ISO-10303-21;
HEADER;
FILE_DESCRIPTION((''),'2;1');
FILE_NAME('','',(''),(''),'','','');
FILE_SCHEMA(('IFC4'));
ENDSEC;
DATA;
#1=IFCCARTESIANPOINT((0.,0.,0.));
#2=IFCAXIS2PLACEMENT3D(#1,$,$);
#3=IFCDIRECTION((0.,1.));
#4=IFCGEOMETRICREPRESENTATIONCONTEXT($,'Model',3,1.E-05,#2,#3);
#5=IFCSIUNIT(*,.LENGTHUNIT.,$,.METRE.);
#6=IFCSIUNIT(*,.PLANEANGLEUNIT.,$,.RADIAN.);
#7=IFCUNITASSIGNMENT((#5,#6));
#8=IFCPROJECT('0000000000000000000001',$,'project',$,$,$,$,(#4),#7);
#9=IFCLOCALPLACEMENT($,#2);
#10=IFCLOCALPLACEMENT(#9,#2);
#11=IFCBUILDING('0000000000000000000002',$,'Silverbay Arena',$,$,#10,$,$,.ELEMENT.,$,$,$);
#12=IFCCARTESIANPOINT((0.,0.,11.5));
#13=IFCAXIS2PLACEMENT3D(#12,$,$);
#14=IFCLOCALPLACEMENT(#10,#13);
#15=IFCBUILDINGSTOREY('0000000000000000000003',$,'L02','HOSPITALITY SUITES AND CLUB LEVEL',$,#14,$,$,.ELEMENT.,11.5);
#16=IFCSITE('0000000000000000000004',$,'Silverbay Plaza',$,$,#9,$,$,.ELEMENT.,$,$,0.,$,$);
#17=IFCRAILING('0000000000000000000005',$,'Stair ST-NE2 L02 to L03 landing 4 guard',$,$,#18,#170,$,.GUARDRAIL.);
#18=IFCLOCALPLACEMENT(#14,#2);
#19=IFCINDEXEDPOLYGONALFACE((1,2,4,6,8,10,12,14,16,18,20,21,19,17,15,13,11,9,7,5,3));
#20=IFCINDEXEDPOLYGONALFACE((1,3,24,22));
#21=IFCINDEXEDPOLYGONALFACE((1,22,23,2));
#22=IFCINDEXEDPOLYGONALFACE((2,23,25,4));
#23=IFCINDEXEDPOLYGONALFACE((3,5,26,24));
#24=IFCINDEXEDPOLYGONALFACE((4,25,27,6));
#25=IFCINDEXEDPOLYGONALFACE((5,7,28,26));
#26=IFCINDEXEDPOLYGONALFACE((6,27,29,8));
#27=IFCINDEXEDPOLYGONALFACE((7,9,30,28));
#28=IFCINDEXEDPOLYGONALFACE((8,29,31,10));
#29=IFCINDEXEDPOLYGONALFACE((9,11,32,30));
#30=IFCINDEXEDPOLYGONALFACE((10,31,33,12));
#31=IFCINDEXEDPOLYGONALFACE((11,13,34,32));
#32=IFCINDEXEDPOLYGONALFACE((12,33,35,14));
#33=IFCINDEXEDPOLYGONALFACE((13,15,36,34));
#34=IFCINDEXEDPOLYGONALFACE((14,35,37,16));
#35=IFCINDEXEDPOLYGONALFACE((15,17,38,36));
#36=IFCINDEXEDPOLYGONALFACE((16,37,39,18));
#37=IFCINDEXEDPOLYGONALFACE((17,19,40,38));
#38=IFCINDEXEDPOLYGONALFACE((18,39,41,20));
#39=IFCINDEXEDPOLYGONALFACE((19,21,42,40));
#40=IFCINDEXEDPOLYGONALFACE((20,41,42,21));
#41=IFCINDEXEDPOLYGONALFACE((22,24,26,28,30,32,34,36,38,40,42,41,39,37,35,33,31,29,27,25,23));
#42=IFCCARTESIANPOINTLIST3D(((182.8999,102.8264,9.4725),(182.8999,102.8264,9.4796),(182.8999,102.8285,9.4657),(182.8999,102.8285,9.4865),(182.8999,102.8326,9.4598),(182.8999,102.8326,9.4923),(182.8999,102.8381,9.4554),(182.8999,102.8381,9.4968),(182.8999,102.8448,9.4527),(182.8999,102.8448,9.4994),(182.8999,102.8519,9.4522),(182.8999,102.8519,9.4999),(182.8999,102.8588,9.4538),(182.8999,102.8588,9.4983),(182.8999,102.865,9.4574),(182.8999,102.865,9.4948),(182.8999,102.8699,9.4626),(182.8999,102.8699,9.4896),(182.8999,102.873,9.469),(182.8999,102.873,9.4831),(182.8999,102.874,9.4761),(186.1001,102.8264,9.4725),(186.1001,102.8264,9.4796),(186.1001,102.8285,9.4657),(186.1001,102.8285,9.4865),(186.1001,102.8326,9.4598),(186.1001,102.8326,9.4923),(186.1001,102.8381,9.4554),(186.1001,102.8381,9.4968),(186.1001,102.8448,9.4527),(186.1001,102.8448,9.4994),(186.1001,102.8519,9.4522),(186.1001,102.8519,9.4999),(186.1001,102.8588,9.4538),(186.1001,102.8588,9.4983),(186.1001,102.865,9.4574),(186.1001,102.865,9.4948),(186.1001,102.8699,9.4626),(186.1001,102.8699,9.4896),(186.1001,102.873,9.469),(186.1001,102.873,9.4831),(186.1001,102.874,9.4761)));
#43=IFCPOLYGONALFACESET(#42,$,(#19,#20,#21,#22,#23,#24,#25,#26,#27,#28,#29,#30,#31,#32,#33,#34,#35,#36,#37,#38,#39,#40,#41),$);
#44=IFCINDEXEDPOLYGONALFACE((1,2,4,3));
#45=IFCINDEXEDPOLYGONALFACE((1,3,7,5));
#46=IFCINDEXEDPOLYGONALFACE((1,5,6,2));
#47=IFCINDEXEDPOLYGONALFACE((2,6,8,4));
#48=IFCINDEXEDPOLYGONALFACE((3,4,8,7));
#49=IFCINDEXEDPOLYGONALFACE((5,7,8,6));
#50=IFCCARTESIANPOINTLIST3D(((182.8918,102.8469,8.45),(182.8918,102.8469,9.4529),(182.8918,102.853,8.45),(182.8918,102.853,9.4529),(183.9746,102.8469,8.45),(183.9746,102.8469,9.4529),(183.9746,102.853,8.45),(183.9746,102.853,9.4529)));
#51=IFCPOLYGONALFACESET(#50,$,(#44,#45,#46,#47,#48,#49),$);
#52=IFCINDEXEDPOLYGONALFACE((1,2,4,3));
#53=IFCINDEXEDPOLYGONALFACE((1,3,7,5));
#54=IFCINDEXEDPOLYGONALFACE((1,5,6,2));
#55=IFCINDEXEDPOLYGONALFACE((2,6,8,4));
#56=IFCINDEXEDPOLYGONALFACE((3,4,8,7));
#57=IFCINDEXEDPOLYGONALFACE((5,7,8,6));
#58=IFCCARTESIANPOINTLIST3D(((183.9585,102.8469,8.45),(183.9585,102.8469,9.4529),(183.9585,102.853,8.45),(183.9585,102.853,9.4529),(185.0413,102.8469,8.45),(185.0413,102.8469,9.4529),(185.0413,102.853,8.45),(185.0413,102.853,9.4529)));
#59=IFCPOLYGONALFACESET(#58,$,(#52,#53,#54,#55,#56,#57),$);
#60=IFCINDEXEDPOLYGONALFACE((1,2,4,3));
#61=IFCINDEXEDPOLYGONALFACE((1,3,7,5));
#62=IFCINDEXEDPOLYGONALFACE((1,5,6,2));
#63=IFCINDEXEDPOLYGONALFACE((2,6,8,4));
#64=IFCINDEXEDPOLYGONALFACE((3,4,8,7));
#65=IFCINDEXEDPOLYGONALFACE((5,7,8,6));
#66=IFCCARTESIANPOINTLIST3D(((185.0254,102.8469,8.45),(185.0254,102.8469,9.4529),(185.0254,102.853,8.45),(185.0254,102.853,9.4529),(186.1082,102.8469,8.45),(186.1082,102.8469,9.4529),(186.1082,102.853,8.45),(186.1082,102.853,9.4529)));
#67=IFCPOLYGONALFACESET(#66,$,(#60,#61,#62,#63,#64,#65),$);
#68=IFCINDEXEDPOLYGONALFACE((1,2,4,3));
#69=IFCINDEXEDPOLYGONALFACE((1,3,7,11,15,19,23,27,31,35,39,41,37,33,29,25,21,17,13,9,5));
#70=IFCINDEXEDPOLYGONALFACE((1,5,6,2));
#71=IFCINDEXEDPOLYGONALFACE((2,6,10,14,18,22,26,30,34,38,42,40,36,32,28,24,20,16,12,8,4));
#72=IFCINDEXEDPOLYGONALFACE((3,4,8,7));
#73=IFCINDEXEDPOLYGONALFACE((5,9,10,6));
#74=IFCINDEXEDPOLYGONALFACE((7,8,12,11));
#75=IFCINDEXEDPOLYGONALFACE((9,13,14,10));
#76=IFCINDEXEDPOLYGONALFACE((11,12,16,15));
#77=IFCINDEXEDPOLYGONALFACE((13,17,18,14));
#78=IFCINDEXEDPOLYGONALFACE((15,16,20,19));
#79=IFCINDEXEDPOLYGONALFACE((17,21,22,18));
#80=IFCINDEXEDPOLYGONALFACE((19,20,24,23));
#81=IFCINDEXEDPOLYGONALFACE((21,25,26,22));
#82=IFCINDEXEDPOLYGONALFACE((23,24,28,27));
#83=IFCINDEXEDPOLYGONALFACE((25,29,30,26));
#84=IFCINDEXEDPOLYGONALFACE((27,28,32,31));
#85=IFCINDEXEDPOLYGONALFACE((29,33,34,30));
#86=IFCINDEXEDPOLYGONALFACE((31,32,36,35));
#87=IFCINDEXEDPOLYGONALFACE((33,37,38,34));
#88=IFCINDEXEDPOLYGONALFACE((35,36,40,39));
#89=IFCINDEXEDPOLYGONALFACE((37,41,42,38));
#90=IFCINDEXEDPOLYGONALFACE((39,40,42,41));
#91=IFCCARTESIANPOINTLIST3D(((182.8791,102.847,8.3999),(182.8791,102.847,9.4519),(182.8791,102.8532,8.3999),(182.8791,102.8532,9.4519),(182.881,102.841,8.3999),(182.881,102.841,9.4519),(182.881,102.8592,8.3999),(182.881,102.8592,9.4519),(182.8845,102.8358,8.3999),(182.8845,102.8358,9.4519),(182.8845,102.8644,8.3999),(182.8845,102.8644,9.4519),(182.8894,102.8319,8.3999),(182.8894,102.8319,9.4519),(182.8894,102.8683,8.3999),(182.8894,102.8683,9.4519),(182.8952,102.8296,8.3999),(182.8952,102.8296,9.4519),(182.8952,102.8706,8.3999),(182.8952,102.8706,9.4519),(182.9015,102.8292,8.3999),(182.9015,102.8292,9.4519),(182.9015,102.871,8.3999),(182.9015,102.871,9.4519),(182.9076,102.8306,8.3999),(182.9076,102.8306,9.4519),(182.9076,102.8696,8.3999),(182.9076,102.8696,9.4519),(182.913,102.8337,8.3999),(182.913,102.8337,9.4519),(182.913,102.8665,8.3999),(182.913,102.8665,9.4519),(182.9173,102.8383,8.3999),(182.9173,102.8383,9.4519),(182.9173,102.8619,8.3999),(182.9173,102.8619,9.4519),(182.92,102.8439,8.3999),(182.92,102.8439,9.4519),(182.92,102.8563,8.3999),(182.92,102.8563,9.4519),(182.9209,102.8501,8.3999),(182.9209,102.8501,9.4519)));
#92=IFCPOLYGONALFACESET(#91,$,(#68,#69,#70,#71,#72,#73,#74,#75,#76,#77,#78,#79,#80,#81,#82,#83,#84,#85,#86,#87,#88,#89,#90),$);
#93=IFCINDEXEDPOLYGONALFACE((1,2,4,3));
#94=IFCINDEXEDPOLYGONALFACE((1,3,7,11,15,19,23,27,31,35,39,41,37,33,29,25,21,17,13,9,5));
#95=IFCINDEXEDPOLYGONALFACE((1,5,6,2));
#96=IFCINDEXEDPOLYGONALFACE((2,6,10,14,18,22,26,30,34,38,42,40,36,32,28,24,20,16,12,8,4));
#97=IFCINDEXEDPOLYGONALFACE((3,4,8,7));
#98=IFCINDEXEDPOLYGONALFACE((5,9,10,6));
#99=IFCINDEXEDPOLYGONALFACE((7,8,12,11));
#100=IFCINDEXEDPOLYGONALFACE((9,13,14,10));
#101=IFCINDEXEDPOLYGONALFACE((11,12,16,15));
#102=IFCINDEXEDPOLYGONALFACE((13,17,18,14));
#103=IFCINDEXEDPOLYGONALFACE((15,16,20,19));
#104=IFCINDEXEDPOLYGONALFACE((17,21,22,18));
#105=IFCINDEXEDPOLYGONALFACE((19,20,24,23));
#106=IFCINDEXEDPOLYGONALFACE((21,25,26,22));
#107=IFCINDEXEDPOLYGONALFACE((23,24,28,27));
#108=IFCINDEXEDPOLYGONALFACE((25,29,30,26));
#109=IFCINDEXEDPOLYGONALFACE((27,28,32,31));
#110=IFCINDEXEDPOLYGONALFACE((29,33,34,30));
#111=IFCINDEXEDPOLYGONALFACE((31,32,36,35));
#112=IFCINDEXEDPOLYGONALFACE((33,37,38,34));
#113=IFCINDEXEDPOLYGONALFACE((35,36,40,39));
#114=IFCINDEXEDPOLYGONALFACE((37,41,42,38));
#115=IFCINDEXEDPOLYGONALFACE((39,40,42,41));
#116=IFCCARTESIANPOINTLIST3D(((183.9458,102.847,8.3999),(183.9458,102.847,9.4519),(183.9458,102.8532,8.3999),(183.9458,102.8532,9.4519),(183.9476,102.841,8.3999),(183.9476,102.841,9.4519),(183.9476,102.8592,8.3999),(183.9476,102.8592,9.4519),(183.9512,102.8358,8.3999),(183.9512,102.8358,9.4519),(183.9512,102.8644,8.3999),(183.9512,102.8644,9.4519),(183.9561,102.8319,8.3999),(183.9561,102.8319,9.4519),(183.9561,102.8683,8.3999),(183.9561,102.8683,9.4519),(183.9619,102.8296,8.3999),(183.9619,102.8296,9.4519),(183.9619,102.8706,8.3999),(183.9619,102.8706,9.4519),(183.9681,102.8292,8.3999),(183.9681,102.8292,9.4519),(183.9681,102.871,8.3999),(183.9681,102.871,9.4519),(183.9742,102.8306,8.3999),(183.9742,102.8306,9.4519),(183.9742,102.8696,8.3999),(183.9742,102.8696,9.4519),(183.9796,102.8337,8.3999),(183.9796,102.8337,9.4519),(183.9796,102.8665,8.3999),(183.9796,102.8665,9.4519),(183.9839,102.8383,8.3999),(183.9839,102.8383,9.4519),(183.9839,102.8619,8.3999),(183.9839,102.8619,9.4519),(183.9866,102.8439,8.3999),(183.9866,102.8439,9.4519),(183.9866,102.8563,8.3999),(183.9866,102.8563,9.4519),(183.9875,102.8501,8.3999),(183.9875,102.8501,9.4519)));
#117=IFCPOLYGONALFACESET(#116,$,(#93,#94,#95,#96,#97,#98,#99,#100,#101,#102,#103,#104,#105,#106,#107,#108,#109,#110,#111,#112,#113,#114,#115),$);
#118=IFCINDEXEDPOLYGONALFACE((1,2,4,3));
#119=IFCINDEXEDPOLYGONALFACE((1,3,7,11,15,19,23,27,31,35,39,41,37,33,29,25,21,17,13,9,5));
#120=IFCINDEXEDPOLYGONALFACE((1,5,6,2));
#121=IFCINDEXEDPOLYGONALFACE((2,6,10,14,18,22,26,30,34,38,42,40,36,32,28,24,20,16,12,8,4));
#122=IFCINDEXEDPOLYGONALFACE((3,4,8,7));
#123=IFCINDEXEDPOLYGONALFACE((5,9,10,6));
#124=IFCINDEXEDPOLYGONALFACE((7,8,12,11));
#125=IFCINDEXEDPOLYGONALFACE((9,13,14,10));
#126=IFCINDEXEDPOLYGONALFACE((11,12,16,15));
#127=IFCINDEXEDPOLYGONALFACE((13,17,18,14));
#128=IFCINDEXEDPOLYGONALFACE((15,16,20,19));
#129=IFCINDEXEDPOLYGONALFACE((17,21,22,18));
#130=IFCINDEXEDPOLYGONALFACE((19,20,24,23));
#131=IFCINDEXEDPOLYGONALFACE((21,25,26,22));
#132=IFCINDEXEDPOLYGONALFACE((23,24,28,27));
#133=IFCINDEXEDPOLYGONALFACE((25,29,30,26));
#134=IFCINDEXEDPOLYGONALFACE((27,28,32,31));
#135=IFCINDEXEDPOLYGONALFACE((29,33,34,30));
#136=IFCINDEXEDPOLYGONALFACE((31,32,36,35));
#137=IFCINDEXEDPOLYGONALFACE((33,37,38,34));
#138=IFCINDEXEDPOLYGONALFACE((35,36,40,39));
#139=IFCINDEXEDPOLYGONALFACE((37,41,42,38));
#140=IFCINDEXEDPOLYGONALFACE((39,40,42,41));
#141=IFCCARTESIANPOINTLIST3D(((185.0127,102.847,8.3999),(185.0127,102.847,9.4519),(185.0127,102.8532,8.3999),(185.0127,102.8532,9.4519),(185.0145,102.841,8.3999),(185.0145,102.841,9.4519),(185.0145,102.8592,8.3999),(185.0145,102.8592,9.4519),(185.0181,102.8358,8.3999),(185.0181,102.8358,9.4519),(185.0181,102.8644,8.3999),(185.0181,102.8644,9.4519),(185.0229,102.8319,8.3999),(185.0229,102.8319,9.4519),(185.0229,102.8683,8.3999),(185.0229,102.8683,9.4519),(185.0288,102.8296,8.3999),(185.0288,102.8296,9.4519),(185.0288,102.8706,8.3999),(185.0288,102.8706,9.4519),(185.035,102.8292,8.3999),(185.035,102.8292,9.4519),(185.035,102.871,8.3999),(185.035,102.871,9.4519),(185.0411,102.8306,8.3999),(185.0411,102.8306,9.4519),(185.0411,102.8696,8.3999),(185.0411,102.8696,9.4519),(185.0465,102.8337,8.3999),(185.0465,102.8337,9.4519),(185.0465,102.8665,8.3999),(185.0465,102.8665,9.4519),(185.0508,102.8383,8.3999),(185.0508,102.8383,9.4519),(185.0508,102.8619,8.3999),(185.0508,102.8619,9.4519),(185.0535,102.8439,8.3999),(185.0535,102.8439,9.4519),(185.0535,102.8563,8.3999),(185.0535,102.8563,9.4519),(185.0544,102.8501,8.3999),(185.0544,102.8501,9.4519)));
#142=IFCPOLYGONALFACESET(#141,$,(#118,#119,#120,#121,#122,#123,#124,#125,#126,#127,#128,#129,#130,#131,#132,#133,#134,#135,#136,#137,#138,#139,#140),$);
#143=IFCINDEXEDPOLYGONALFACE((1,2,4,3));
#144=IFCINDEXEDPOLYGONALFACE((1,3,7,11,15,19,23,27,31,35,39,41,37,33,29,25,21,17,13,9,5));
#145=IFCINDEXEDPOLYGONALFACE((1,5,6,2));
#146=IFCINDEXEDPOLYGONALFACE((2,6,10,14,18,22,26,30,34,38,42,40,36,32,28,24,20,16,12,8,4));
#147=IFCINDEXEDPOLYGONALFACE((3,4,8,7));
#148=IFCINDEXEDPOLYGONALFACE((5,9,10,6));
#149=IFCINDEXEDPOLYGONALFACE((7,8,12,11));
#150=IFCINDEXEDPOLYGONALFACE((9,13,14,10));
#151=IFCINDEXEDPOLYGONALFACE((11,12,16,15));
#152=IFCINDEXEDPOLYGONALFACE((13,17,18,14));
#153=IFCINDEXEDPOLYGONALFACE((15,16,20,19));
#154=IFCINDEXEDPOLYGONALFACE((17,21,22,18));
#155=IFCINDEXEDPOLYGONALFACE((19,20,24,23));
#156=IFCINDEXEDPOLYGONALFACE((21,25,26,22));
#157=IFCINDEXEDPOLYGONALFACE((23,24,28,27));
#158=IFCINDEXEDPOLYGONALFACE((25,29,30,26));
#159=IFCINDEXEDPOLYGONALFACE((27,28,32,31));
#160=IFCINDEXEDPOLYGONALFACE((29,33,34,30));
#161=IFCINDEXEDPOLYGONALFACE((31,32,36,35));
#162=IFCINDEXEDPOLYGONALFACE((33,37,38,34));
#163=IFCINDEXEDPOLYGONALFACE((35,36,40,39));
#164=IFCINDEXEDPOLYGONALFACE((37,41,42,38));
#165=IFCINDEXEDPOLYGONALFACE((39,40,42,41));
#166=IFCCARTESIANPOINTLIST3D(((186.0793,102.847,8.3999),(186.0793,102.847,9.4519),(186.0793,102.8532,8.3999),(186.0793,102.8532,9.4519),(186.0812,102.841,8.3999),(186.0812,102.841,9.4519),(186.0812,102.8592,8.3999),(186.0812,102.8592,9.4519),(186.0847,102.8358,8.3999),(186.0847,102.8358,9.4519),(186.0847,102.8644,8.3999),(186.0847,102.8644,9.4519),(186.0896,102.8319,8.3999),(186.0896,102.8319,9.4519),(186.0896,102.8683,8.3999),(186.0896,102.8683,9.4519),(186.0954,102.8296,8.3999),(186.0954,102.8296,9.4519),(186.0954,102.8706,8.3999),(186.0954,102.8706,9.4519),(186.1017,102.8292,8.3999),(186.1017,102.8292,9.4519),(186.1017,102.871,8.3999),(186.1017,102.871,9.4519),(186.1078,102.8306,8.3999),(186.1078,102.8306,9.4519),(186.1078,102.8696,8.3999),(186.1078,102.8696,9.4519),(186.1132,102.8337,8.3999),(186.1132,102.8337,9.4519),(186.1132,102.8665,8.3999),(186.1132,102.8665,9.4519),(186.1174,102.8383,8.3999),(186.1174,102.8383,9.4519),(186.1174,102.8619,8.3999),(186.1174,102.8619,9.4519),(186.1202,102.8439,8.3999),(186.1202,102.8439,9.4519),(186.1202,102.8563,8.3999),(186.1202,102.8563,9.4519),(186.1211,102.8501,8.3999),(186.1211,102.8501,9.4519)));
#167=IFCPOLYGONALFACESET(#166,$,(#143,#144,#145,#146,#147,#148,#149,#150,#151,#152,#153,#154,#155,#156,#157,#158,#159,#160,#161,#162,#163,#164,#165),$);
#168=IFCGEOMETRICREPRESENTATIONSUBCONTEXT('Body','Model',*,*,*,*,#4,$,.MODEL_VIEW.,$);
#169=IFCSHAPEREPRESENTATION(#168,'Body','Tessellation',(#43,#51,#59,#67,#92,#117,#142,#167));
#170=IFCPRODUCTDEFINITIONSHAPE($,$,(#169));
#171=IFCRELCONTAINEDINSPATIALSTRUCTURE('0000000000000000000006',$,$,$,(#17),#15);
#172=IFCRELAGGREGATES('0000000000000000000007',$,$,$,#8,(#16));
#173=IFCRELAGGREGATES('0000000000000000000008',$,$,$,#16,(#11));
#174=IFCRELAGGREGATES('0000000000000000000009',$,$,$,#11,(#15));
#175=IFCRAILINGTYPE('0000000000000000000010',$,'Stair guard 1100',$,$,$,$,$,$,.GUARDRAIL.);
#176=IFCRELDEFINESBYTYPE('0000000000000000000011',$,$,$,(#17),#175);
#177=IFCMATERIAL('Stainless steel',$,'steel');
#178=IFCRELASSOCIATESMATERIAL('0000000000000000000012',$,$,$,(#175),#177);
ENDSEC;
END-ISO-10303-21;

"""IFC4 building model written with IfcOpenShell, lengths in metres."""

from ifc_helpers import new_model, si_unit, direction, frame, origin, origin_2d, place, context, subcontext, project, spatial, polyline, circle, outline, extrude, material, type_object, element, save


model = new_model("IFC4")

# Units and contexts
model_context = context("Model", 3, precision=1e-05, world=origin(), true_north=direction((0.0, 1.0)))
body_context = subcontext(model_context, "Body", "Model", "MODEL_VIEW")
ifc_project = project(units=[si_unit("LENGTHUNIT", "METRE"), si_unit("PLANEANGLEUNIT", "RADIAN")], contexts=[model_context])

# Site, building, storey
site_placement = place(None, origin())
site = spatial("IfcSite", under=ifc_project, at=site_placement, Name="Silverbay Plaza", CompositionType="ELEMENT", RefElevation=0.0)
building_placement = place(site_placement, origin())
building = spatial("IfcBuilding", under=site, at=building_placement, Name="Silverbay Arena", CompositionType="ELEMENT")
storey_placement = place(building_placement, frame((0.0, 0.0, 11.5)))
storey = spatial("IfcBuildingStorey", under=building, at=storey_placement, Name="L02", Description="HOSPITALITY SUITES AND CLUB LEVEL", CompositionType="ELEMENT", Elevation=11.5)

# Railing
ifc_material_1 = material(Name="Stainless steel", Category="steel")
railing_type_1 = type_object("IfcRailingType", Name="Stair guard 1100", PredefinedType="GUARDRAIL", material=ifc_material_1)
for number, where, name in (
    (1, (182.8999, 102.8501, 8.3999), "Stair ST-NE2 L02 to L03 landing 4 guard"),
):
    element("IfcRailing", number, at=place(storey_placement, frame(where)), inside=storey, type_object=railing_type_1, Name=name, PredefinedType="GUARDRAIL", context=body_context, shape_type="SweptSolid", body=[
        extrude(circle(Radius=0.0239, at=origin_2d()), frame((0.0, 0.0, 1.0762), z_axis=(1.0, 0.0, 0.0), x_axis=(0.0, 1.0, 0.0)), (0.0, 0.0, 1.0), 3.2002),
        extrude(outline(polyline([(-0.0081, 0.05), (1.0747, 0.05), (1.0747, 1.053), (-0.0081, 1.053), (-0.0081, 0.05)])), frame((0.0, 0.0029, 0.0), z_axis=(0.0, -1.0, 0.0), x_axis=(1.0, 0.0, 0.0)), (0.0, 0.0, 1.0), 0.0061),
        extrude(outline(polyline([(-0.0081, 0.05), (1.0747, 0.05), (1.0747, 1.053), (-0.0081, 1.053), (-0.0081, 0.05)])), frame((1.0667, 0.0029, 0.0), z_axis=(0.0, -1.0, 0.0), x_axis=(1.0, 0.0, 0.0)), (0.0, 0.0, 1.0), 0.0061),
        extrude(outline(polyline([(-0.0081, 0.05), (1.0747, 0.05), (1.0747, 1.053), (-0.0081, 1.053), (-0.0081, 0.05)])), frame((2.1335, 0.0029, 0.0), z_axis=(0.0, -1.0, 0.0), x_axis=(1.0, 0.0, 0.0)), (0.0, 0.0, 1.0), 0.0061),
        extrude(circle(Radius=0.021, at=origin_2d()), origin(), (0.0, 0.0, 1.0), 1.052),
        extrude(circle(Radius=0.021, at=origin_2d()), frame((1.0667, 0.0, 0.0)), (0.0, 0.0, 1.0), 1.052),
        extrude(circle(Radius=0.021, at=origin_2d()), frame((2.1335, 0.0, 0.0)), (0.0, 0.0, 1.0), 1.052),
        extrude(circle(Radius=0.021, at=origin_2d()), frame((3.2002, 0.0, 0.0)), (0.0, 0.0, 1.0), 1.052),
    ])

save(model, "model.ifc")
